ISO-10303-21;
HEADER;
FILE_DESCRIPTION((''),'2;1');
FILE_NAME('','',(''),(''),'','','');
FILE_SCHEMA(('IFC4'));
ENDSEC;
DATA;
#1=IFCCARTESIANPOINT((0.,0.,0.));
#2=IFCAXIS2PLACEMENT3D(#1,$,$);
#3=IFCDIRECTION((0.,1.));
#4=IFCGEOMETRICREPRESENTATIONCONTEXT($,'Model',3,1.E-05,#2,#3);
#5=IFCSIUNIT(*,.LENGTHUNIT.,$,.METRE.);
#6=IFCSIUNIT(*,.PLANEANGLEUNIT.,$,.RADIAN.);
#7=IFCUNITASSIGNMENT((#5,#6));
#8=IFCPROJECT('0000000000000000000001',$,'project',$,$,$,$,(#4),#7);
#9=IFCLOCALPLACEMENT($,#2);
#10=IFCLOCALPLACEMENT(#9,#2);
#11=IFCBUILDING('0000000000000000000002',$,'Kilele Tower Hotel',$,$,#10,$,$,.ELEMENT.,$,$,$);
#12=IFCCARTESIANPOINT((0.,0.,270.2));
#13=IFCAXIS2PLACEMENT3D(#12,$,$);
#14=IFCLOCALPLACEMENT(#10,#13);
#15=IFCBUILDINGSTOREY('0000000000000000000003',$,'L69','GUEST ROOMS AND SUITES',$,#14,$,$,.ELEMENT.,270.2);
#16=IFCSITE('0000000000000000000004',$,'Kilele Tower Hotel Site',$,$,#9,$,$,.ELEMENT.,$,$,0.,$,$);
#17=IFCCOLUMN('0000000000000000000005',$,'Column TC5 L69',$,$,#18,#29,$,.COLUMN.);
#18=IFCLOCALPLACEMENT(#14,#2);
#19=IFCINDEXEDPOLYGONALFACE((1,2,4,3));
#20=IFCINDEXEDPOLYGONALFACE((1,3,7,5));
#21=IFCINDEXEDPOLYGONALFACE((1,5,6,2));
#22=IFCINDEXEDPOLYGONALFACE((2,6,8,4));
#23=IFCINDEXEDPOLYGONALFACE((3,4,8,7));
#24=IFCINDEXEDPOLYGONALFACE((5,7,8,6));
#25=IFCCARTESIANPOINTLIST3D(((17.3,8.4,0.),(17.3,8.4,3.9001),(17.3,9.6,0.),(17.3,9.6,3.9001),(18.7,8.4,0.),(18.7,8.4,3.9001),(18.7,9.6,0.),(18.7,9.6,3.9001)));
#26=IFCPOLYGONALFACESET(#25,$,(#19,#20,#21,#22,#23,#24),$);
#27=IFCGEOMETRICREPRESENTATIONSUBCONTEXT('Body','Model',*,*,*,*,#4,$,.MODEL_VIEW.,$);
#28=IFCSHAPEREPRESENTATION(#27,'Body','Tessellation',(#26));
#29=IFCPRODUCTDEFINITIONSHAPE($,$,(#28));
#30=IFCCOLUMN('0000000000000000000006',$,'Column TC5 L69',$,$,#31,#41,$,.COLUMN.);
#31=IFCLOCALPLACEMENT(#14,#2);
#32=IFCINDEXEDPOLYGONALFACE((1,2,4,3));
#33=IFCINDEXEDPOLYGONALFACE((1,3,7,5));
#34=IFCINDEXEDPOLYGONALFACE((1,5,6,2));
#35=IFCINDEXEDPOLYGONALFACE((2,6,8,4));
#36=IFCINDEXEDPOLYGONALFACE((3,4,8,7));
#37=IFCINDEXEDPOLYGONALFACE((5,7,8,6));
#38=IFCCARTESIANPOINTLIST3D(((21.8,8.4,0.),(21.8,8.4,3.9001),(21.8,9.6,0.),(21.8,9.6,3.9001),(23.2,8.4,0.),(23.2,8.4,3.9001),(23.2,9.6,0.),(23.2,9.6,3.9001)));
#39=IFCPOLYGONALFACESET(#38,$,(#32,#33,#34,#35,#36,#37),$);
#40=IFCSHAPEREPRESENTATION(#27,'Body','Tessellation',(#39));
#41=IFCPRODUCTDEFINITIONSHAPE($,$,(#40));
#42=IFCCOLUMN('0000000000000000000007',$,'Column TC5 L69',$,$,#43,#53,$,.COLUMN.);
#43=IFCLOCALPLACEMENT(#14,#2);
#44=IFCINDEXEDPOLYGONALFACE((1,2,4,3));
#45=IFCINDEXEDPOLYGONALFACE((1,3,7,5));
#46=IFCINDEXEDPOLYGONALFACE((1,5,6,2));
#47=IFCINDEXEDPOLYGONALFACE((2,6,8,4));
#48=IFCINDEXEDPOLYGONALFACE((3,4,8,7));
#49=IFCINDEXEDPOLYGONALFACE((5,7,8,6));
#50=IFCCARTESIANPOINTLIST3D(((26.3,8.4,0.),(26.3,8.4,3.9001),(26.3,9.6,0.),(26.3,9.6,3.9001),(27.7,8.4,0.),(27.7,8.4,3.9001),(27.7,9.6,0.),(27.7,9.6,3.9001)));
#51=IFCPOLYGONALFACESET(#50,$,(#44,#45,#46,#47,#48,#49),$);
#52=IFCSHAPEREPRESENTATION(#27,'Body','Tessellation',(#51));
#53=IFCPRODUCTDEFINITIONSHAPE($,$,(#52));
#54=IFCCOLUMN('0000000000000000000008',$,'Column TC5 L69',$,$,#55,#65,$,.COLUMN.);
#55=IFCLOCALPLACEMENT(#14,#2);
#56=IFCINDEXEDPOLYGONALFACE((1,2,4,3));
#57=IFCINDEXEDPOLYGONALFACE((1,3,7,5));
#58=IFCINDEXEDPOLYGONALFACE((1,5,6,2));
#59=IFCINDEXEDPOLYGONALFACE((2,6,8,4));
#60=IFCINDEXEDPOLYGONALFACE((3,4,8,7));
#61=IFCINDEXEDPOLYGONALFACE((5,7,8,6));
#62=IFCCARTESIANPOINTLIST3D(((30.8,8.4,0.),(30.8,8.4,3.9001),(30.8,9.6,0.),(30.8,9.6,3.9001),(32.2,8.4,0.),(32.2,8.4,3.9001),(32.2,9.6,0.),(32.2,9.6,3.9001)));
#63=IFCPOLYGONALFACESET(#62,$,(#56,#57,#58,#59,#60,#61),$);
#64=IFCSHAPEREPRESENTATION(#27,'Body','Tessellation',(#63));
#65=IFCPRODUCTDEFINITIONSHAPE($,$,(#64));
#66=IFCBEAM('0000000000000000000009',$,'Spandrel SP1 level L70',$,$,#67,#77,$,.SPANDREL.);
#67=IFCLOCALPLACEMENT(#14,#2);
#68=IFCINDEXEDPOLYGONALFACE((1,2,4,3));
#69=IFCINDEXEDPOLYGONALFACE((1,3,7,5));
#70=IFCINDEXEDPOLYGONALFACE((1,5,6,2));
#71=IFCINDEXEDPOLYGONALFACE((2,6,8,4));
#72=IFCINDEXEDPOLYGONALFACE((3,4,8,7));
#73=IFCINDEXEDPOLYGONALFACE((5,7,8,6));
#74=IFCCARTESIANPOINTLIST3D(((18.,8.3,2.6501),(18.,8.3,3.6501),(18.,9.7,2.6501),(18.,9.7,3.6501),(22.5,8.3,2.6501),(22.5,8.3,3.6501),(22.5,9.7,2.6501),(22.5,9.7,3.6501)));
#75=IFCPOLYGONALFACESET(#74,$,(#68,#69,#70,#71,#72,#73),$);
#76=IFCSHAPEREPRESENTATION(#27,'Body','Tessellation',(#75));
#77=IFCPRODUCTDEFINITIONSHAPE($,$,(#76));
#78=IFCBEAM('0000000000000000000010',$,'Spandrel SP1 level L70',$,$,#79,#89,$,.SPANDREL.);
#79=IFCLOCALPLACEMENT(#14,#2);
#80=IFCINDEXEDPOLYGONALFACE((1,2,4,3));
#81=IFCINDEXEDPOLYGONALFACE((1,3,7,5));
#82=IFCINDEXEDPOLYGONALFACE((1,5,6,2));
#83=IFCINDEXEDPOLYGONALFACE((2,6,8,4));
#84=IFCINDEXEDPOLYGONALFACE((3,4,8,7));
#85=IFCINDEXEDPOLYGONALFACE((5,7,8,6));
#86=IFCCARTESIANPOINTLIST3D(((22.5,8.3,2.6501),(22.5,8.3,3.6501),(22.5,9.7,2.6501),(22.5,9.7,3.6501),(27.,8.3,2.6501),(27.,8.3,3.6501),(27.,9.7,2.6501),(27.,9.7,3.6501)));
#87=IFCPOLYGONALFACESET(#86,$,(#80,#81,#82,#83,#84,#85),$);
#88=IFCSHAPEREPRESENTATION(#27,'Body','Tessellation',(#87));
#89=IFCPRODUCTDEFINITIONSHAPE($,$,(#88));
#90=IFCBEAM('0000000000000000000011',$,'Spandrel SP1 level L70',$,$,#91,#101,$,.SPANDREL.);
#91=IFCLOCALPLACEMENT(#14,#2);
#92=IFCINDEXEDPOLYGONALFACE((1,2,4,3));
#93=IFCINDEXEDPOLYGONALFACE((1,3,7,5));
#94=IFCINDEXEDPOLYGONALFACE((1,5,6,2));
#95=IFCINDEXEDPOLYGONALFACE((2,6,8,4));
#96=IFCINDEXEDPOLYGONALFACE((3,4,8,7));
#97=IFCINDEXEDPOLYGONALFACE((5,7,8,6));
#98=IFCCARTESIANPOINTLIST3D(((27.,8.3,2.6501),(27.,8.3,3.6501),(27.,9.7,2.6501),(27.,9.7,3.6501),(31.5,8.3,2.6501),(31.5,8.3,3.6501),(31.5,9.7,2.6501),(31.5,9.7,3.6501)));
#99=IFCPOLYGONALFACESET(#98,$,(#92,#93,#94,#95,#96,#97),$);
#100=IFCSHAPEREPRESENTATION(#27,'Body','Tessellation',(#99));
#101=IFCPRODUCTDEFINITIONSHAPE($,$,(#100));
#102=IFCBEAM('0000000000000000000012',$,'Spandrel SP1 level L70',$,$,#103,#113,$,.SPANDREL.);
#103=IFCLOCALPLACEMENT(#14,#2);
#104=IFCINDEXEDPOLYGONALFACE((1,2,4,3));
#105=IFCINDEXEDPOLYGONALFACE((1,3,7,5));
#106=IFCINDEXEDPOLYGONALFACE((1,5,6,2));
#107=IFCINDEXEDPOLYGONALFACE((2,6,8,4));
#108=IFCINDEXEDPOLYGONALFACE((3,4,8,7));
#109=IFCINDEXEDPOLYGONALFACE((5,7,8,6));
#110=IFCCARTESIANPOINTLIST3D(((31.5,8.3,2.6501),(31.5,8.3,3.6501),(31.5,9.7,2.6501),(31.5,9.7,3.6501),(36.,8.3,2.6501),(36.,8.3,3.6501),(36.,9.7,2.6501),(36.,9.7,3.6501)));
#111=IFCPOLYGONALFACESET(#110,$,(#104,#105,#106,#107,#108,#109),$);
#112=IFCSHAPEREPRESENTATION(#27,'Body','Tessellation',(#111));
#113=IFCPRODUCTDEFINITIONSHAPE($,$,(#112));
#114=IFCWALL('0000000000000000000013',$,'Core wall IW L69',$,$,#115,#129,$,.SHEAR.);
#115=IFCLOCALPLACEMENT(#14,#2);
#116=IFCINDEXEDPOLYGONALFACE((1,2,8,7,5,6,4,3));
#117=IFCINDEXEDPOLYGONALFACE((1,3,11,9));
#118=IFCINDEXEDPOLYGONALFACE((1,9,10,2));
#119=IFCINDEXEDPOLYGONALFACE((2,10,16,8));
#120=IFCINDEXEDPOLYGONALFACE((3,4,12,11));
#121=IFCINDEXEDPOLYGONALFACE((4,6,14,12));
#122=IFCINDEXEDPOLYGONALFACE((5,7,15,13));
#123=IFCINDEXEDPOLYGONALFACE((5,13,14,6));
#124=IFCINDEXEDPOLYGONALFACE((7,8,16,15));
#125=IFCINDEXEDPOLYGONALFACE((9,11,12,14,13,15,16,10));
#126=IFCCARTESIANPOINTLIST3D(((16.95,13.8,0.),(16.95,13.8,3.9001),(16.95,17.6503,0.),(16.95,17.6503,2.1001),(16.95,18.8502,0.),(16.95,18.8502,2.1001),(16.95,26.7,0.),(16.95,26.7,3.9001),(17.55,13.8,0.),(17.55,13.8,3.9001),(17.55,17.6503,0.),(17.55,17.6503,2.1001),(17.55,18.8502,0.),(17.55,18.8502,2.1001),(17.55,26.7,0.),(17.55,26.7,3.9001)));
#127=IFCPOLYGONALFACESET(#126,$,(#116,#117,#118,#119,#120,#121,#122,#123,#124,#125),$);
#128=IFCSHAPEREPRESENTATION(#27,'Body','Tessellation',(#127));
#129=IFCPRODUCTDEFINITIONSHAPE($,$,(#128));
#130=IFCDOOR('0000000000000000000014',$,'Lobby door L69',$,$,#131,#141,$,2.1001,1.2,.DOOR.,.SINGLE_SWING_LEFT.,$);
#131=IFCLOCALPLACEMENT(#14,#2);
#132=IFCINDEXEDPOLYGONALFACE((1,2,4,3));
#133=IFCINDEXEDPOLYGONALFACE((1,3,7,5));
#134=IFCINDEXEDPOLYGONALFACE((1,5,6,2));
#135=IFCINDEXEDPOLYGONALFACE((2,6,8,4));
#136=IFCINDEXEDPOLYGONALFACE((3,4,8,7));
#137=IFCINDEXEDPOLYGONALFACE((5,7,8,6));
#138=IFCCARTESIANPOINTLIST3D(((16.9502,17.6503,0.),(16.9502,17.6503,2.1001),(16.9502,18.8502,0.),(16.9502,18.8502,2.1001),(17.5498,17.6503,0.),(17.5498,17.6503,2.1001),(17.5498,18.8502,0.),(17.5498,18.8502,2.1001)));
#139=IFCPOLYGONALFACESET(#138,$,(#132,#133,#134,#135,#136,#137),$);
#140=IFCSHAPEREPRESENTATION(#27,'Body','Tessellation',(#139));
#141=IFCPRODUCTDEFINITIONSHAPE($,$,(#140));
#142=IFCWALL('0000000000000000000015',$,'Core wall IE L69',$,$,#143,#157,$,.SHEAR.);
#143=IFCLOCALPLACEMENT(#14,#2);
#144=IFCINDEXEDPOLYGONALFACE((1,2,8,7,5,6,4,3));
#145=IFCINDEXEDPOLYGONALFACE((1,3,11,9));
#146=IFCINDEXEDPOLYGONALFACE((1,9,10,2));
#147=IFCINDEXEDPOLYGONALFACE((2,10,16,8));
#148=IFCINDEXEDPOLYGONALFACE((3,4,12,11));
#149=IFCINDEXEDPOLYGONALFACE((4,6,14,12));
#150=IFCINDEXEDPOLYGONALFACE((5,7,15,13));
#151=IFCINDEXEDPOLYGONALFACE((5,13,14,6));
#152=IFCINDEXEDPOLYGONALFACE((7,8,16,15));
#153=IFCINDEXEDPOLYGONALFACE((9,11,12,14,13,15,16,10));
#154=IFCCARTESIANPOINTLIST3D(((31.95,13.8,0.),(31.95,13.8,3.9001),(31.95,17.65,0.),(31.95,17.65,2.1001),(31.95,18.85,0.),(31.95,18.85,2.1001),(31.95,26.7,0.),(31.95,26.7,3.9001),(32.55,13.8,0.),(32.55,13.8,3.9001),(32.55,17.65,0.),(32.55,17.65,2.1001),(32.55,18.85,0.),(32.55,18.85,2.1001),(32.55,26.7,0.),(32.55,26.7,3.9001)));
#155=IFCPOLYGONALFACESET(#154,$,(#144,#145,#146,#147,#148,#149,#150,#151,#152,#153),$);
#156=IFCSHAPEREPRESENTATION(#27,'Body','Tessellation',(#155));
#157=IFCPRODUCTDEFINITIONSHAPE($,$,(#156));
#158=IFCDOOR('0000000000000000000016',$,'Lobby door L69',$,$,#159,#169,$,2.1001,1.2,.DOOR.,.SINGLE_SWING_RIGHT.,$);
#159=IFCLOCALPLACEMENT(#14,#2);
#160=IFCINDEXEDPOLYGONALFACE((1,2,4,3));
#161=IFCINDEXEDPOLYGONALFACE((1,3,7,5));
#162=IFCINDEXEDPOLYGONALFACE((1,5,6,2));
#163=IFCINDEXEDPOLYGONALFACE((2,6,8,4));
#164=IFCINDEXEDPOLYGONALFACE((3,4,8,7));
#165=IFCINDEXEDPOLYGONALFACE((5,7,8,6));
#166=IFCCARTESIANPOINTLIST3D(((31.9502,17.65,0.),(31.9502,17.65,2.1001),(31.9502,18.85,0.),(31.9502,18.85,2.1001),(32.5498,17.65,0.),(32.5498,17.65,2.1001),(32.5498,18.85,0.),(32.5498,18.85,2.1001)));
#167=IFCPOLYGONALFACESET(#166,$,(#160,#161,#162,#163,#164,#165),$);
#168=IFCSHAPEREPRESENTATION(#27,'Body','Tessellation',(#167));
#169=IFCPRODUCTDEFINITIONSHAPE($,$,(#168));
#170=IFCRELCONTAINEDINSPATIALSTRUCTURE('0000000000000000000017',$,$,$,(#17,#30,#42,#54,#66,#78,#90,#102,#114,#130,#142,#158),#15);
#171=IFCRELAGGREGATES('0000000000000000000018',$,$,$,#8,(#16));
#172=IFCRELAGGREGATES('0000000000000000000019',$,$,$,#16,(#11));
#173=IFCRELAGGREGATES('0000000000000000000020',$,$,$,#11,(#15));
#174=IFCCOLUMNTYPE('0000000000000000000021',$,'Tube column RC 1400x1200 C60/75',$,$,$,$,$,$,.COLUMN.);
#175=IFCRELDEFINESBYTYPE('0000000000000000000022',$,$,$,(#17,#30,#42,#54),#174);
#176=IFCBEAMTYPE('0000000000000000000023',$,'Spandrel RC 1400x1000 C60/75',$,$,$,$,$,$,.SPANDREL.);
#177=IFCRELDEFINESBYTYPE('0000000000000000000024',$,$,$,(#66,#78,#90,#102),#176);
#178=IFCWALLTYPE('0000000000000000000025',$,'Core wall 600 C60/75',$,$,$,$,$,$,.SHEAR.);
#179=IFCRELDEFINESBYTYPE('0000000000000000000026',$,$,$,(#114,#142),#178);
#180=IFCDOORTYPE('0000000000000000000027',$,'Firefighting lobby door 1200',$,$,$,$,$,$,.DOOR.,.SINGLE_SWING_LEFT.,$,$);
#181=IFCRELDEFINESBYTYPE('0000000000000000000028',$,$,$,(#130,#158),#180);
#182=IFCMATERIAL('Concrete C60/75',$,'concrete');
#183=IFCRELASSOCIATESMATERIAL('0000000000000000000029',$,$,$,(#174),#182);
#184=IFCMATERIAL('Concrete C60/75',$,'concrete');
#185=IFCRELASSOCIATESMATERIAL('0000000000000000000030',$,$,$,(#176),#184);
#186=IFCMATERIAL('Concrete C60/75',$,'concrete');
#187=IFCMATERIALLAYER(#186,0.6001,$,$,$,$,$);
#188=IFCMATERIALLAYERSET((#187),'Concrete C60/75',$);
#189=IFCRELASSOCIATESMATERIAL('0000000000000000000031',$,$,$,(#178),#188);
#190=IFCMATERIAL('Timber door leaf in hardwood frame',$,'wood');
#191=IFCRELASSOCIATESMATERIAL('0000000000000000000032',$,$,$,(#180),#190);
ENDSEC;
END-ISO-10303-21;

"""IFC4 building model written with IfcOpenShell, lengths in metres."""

from ifc_helpers import new_model, si_unit, direction, frame, frame_2d, origin, origin_2d, place, context, subcontext, project, spatial, rectangle, extrude, material, layer, layer_set, material_profile, profile_set, type_object, element, fill, save


model = new_model("IFC4")

# Units and contexts
model_context = context("Model", 3, precision=1e-05, world=origin(), true_north=direction((0.0, 1.0)))
body_context = subcontext(model_context, "Body", "Model", "MODEL_VIEW")
ifc_project = project(units=[si_unit("LENGTHUNIT", "METRE"), si_unit("PLANEANGLEUNIT", "RADIAN")], contexts=[model_context])

# Site, building, storey
site_placement = place(None, origin())
site = spatial("IfcSite", under=ifc_project, at=site_placement, Name="Kilele Tower Hotel Site", CompositionType="ELEMENT", RefElevation=0.0)
building_placement = place(site_placement, origin())
building = spatial("IfcBuilding", under=site, at=building_placement, Name="Kilele Tower Hotel", CompositionType="ELEMENT")
storey_placement = place(building_placement, frame((0.0, 0.0, 270.2)))
storey = spatial("IfcBuildingStorey", under=building, at=storey_placement, Name="L69", Description="GUEST ROOMS AND SUITES", CompositionType="ELEMENT", Elevation=270.2)

# Columns
ifc_material_1 = material(Name="Concrete C60/75", Category="concrete")
ifc_material_profile_1 = material_profile(ifc_material_1, rectangle(XDim=1.3999, YDim=1.2, at=origin_2d()))
ifc_profile_set_1 = profile_set([ifc_material_profile_1], Name="Concrete C60/75")
column_type = type_object("IfcColumnType", Name="Tube column RC 1400x1200 C60/75", PredefinedType="COLUMN", material=ifc_profile_set_1)
for number, where, z_axis, x_axis, name in (
    (1, (18.0, 9.0, 0.0), (0.0, 0.0, 1.0), (1.0, 0.0, 0.0), "Column TC5 L69"),
    (2, (22.5, 9.0, 0.0), (0.0, 0.0, 1.0), (1.0, 0.0, 0.0), "Column TC5 L69"),
    (3, (27.0, 9.0, 0.0), (0.0, 0.0, 1.0), (1.0, 0.0, 0.0), "Column TC5 L69"),
    (4, (31.5, 9.0, 0.0), (0.0, 0.0, 1.0), (1.0, 0.0, 0.0), "Column TC5 L69"),
):
    element("IfcColumn", number, at=place(storey_placement, frame(where, z_axis=z_axis, x_axis=x_axis)), inside=storey, type_object=column_type, Name=name, PredefinedType="COLUMN", context=body_context, shape_type="SweptSolid", body=[
        extrude(rectangle(XDim=1.3999, YDim=1.2, at=origin_2d()), origin(), (0.0, 0.0, 1.0), 3.9001),
    ])

# Beams
ifc_material_2 = material(Name="Concrete C60/75", Category="concrete")
ifc_material_profile_2 = material_profile(ifc_material_2, rectangle(XDim=1.3999, YDim=1.0, at=origin_2d()))
ifc_profile_set_2 = profile_set([ifc_material_profile_2], Name="Concrete C60/75")
beam_type = type_object("IfcBeamType", Name="Spandrel RC 1400x1000 C60/75", PredefinedType="SPANDREL", material=ifc_profile_set_2)
for number, where, z_axis, x_axis, name in (
    (5, (18.0, 9.0, 3.1501), (1.0, 0.0, 0.0), (0.0, 1.0, 0.0), "Spandrel SP1 level L70"),
    (6, (22.5, 9.0, 3.1501), (1.0, 0.0, 0.0), (0.0, 1.0, 0.0), "Spandrel SP1 level L70"),
    (7, (27.0, 9.0, 3.1501), (1.0, 0.0, 0.0), (0.0, 1.0, 0.0), "Spandrel SP1 level L70"),
    (8, (31.5, 9.0, 3.1501), (1.0, 0.0, 0.0), (0.0, 1.0, 0.0), "Spandrel SP1 level L70"),
):
    element("IfcBeam", number, at=place(storey_placement, frame(where, z_axis=z_axis, x_axis=x_axis)), inside=storey, type_object=beam_type, Name=name, PredefinedType="SPANDREL", context=body_context, shape_type="SweptSolid", body=[
        extrude(rectangle(XDim=1.3999, YDim=1.0, at=origin_2d()), origin(), (0.0, 0.0, 1.0), 4.5),
    ])

# Walls, openings, doors
ifc_material_3 = material(Name="Concrete C60/75", Category="concrete")
ifc_layer_1 = layer(ifc_material_3, 0.6001)
ifc_layer_set_1 = layer_set([ifc_layer_1], Name="Concrete C60/75")
wall_type_1 = type_object("IfcWallType", Name="Core wall 600 C60/75", PredefinedType="SHEAR", material=ifc_layer_set_1)
wall_1_placement = place(storey_placement, frame((17.25, 13.8, 0.0), z_axis=(0.0, 0.0, 1.0), x_axis=(0.0, 1.0, 0.0)))
wall_1 = element("IfcWall", 9, at=wall_1_placement, inside=storey, type_object=wall_type_1, Name="Core wall IW L69", PredefinedType="SHEAR", context=body_context, shape_type="SweptSolid", body=[
    extrude(rectangle(XDim=12.8999, YDim=0.6001, at=frame_2d((6.45, 0.0))), origin(), (0.0, 0.0, 1.0), 3.9001),
])
opening_1_placement = place(wall_1_placement, frame((3.8501, 0.0, 0.0)))
opening_1 = element("IfcOpeningElement", 10, at=opening_1_placement, cuts=wall_1, PredefinedType="OPENING", context=body_context, shape_type="SweptSolid", body=[
    extrude(rectangle(XDim=1.2, YDim=2.1001, at=frame_2d((0.6001, 1.05))), frame((0.0, 0.3101, 0.0), z_axis=(0.0, -1.0, 0.0), x_axis=(1.0, 0.0, 0.0)), (0.0, 0.0, 1.0), 0.6201),
])
ifc_material_4 = material(Name="Timber door leaf in hardwood frame", Category="wood")
door_type_1 = type_object("IfcDoorType", Name="Firefighting lobby door 1200", OperationType="SINGLE_SWING_LEFT", PredefinedType="DOOR", material=ifc_material_4)
door_1_placement = place(opening_1_placement, origin())
door_1 = element("IfcDoor", 11, at=door_1_placement, inside=storey, type_object=door_type_1, Name="Lobby door L69", OperationType="SINGLE_SWING_LEFT", OverallHeight=2.1001, OverallWidth=1.2, PredefinedType="DOOR", context=body_context, shape_type="SweptSolid", body=[
    extrude(rectangle(XDim=1.2, YDim=2.1001, at=frame_2d((0.6001, 1.05))), frame((0.0, 0.2998, 0.0), z_axis=(0.0, -1.0, 0.0), x_axis=(1.0, 0.0, 0.0)), (0.0, 0.0, 1.0), 0.5996),
])
fill(opening_1, door_1)
wall_2_placement = place(storey_placement, frame((32.25, 13.8, 0.0), z_axis=(0.0, 0.0, 1.0), x_axis=(0.0, 1.0, 0.0)))
wall_2 = element("IfcWall", 12, at=wall_2_placement, inside=storey, type_object=wall_type_1, Name="Core wall IE L69", PredefinedType="SHEAR", context=body_context, shape_type="SweptSolid", body=[
    extrude(rectangle(XDim=12.8999, YDim=0.6001, at=frame_2d((6.45, 0.0))), origin(), (0.0, 0.0, 1.0), 3.9001),
])
opening_2_placement = place(wall_2_placement, frame((5.05, 0.0, 0.0), z_axis=(0.0, 0.0, 1.0), x_axis=(-1.0, 0.0, 0.0)))
opening_2 = element("IfcOpeningElement", 13, at=opening_2_placement, cuts=wall_2, PredefinedType="OPENING", context=body_context, shape_type="SweptSolid", body=[
    extrude(rectangle(XDim=1.2, YDim=2.1001, at=frame_2d((0.6001, 1.05))), frame((0.0, 0.3101, 0.0), z_axis=(0.0, -1.0, 0.0), x_axis=(1.0, 0.0, 0.0)), (0.0, 0.0, 1.0), 0.6201),
])
door_2_placement = place(opening_2_placement, origin())
door_2 = element("IfcDoor", 14, at=door_2_placement, inside=storey, type_object=door_type_1, Name="Lobby door L69", OperationType="SINGLE_SWING_RIGHT", OverallHeight=2.1001, OverallWidth=1.2, PredefinedType="DOOR", context=body_context, shape_type="SweptSolid", body=[
    extrude(rectangle(XDim=1.2, YDim=2.1001, at=frame_2d((0.6001, 1.05))), frame((0.0, 0.2998, 0.0), z_axis=(0.0, -1.0, 0.0), x_axis=(1.0, 0.0, 0.0)), (0.0, 0.0, 1.0), 0.5996),
])
fill(opening_2, door_2)

save(model, "model.ifc")
